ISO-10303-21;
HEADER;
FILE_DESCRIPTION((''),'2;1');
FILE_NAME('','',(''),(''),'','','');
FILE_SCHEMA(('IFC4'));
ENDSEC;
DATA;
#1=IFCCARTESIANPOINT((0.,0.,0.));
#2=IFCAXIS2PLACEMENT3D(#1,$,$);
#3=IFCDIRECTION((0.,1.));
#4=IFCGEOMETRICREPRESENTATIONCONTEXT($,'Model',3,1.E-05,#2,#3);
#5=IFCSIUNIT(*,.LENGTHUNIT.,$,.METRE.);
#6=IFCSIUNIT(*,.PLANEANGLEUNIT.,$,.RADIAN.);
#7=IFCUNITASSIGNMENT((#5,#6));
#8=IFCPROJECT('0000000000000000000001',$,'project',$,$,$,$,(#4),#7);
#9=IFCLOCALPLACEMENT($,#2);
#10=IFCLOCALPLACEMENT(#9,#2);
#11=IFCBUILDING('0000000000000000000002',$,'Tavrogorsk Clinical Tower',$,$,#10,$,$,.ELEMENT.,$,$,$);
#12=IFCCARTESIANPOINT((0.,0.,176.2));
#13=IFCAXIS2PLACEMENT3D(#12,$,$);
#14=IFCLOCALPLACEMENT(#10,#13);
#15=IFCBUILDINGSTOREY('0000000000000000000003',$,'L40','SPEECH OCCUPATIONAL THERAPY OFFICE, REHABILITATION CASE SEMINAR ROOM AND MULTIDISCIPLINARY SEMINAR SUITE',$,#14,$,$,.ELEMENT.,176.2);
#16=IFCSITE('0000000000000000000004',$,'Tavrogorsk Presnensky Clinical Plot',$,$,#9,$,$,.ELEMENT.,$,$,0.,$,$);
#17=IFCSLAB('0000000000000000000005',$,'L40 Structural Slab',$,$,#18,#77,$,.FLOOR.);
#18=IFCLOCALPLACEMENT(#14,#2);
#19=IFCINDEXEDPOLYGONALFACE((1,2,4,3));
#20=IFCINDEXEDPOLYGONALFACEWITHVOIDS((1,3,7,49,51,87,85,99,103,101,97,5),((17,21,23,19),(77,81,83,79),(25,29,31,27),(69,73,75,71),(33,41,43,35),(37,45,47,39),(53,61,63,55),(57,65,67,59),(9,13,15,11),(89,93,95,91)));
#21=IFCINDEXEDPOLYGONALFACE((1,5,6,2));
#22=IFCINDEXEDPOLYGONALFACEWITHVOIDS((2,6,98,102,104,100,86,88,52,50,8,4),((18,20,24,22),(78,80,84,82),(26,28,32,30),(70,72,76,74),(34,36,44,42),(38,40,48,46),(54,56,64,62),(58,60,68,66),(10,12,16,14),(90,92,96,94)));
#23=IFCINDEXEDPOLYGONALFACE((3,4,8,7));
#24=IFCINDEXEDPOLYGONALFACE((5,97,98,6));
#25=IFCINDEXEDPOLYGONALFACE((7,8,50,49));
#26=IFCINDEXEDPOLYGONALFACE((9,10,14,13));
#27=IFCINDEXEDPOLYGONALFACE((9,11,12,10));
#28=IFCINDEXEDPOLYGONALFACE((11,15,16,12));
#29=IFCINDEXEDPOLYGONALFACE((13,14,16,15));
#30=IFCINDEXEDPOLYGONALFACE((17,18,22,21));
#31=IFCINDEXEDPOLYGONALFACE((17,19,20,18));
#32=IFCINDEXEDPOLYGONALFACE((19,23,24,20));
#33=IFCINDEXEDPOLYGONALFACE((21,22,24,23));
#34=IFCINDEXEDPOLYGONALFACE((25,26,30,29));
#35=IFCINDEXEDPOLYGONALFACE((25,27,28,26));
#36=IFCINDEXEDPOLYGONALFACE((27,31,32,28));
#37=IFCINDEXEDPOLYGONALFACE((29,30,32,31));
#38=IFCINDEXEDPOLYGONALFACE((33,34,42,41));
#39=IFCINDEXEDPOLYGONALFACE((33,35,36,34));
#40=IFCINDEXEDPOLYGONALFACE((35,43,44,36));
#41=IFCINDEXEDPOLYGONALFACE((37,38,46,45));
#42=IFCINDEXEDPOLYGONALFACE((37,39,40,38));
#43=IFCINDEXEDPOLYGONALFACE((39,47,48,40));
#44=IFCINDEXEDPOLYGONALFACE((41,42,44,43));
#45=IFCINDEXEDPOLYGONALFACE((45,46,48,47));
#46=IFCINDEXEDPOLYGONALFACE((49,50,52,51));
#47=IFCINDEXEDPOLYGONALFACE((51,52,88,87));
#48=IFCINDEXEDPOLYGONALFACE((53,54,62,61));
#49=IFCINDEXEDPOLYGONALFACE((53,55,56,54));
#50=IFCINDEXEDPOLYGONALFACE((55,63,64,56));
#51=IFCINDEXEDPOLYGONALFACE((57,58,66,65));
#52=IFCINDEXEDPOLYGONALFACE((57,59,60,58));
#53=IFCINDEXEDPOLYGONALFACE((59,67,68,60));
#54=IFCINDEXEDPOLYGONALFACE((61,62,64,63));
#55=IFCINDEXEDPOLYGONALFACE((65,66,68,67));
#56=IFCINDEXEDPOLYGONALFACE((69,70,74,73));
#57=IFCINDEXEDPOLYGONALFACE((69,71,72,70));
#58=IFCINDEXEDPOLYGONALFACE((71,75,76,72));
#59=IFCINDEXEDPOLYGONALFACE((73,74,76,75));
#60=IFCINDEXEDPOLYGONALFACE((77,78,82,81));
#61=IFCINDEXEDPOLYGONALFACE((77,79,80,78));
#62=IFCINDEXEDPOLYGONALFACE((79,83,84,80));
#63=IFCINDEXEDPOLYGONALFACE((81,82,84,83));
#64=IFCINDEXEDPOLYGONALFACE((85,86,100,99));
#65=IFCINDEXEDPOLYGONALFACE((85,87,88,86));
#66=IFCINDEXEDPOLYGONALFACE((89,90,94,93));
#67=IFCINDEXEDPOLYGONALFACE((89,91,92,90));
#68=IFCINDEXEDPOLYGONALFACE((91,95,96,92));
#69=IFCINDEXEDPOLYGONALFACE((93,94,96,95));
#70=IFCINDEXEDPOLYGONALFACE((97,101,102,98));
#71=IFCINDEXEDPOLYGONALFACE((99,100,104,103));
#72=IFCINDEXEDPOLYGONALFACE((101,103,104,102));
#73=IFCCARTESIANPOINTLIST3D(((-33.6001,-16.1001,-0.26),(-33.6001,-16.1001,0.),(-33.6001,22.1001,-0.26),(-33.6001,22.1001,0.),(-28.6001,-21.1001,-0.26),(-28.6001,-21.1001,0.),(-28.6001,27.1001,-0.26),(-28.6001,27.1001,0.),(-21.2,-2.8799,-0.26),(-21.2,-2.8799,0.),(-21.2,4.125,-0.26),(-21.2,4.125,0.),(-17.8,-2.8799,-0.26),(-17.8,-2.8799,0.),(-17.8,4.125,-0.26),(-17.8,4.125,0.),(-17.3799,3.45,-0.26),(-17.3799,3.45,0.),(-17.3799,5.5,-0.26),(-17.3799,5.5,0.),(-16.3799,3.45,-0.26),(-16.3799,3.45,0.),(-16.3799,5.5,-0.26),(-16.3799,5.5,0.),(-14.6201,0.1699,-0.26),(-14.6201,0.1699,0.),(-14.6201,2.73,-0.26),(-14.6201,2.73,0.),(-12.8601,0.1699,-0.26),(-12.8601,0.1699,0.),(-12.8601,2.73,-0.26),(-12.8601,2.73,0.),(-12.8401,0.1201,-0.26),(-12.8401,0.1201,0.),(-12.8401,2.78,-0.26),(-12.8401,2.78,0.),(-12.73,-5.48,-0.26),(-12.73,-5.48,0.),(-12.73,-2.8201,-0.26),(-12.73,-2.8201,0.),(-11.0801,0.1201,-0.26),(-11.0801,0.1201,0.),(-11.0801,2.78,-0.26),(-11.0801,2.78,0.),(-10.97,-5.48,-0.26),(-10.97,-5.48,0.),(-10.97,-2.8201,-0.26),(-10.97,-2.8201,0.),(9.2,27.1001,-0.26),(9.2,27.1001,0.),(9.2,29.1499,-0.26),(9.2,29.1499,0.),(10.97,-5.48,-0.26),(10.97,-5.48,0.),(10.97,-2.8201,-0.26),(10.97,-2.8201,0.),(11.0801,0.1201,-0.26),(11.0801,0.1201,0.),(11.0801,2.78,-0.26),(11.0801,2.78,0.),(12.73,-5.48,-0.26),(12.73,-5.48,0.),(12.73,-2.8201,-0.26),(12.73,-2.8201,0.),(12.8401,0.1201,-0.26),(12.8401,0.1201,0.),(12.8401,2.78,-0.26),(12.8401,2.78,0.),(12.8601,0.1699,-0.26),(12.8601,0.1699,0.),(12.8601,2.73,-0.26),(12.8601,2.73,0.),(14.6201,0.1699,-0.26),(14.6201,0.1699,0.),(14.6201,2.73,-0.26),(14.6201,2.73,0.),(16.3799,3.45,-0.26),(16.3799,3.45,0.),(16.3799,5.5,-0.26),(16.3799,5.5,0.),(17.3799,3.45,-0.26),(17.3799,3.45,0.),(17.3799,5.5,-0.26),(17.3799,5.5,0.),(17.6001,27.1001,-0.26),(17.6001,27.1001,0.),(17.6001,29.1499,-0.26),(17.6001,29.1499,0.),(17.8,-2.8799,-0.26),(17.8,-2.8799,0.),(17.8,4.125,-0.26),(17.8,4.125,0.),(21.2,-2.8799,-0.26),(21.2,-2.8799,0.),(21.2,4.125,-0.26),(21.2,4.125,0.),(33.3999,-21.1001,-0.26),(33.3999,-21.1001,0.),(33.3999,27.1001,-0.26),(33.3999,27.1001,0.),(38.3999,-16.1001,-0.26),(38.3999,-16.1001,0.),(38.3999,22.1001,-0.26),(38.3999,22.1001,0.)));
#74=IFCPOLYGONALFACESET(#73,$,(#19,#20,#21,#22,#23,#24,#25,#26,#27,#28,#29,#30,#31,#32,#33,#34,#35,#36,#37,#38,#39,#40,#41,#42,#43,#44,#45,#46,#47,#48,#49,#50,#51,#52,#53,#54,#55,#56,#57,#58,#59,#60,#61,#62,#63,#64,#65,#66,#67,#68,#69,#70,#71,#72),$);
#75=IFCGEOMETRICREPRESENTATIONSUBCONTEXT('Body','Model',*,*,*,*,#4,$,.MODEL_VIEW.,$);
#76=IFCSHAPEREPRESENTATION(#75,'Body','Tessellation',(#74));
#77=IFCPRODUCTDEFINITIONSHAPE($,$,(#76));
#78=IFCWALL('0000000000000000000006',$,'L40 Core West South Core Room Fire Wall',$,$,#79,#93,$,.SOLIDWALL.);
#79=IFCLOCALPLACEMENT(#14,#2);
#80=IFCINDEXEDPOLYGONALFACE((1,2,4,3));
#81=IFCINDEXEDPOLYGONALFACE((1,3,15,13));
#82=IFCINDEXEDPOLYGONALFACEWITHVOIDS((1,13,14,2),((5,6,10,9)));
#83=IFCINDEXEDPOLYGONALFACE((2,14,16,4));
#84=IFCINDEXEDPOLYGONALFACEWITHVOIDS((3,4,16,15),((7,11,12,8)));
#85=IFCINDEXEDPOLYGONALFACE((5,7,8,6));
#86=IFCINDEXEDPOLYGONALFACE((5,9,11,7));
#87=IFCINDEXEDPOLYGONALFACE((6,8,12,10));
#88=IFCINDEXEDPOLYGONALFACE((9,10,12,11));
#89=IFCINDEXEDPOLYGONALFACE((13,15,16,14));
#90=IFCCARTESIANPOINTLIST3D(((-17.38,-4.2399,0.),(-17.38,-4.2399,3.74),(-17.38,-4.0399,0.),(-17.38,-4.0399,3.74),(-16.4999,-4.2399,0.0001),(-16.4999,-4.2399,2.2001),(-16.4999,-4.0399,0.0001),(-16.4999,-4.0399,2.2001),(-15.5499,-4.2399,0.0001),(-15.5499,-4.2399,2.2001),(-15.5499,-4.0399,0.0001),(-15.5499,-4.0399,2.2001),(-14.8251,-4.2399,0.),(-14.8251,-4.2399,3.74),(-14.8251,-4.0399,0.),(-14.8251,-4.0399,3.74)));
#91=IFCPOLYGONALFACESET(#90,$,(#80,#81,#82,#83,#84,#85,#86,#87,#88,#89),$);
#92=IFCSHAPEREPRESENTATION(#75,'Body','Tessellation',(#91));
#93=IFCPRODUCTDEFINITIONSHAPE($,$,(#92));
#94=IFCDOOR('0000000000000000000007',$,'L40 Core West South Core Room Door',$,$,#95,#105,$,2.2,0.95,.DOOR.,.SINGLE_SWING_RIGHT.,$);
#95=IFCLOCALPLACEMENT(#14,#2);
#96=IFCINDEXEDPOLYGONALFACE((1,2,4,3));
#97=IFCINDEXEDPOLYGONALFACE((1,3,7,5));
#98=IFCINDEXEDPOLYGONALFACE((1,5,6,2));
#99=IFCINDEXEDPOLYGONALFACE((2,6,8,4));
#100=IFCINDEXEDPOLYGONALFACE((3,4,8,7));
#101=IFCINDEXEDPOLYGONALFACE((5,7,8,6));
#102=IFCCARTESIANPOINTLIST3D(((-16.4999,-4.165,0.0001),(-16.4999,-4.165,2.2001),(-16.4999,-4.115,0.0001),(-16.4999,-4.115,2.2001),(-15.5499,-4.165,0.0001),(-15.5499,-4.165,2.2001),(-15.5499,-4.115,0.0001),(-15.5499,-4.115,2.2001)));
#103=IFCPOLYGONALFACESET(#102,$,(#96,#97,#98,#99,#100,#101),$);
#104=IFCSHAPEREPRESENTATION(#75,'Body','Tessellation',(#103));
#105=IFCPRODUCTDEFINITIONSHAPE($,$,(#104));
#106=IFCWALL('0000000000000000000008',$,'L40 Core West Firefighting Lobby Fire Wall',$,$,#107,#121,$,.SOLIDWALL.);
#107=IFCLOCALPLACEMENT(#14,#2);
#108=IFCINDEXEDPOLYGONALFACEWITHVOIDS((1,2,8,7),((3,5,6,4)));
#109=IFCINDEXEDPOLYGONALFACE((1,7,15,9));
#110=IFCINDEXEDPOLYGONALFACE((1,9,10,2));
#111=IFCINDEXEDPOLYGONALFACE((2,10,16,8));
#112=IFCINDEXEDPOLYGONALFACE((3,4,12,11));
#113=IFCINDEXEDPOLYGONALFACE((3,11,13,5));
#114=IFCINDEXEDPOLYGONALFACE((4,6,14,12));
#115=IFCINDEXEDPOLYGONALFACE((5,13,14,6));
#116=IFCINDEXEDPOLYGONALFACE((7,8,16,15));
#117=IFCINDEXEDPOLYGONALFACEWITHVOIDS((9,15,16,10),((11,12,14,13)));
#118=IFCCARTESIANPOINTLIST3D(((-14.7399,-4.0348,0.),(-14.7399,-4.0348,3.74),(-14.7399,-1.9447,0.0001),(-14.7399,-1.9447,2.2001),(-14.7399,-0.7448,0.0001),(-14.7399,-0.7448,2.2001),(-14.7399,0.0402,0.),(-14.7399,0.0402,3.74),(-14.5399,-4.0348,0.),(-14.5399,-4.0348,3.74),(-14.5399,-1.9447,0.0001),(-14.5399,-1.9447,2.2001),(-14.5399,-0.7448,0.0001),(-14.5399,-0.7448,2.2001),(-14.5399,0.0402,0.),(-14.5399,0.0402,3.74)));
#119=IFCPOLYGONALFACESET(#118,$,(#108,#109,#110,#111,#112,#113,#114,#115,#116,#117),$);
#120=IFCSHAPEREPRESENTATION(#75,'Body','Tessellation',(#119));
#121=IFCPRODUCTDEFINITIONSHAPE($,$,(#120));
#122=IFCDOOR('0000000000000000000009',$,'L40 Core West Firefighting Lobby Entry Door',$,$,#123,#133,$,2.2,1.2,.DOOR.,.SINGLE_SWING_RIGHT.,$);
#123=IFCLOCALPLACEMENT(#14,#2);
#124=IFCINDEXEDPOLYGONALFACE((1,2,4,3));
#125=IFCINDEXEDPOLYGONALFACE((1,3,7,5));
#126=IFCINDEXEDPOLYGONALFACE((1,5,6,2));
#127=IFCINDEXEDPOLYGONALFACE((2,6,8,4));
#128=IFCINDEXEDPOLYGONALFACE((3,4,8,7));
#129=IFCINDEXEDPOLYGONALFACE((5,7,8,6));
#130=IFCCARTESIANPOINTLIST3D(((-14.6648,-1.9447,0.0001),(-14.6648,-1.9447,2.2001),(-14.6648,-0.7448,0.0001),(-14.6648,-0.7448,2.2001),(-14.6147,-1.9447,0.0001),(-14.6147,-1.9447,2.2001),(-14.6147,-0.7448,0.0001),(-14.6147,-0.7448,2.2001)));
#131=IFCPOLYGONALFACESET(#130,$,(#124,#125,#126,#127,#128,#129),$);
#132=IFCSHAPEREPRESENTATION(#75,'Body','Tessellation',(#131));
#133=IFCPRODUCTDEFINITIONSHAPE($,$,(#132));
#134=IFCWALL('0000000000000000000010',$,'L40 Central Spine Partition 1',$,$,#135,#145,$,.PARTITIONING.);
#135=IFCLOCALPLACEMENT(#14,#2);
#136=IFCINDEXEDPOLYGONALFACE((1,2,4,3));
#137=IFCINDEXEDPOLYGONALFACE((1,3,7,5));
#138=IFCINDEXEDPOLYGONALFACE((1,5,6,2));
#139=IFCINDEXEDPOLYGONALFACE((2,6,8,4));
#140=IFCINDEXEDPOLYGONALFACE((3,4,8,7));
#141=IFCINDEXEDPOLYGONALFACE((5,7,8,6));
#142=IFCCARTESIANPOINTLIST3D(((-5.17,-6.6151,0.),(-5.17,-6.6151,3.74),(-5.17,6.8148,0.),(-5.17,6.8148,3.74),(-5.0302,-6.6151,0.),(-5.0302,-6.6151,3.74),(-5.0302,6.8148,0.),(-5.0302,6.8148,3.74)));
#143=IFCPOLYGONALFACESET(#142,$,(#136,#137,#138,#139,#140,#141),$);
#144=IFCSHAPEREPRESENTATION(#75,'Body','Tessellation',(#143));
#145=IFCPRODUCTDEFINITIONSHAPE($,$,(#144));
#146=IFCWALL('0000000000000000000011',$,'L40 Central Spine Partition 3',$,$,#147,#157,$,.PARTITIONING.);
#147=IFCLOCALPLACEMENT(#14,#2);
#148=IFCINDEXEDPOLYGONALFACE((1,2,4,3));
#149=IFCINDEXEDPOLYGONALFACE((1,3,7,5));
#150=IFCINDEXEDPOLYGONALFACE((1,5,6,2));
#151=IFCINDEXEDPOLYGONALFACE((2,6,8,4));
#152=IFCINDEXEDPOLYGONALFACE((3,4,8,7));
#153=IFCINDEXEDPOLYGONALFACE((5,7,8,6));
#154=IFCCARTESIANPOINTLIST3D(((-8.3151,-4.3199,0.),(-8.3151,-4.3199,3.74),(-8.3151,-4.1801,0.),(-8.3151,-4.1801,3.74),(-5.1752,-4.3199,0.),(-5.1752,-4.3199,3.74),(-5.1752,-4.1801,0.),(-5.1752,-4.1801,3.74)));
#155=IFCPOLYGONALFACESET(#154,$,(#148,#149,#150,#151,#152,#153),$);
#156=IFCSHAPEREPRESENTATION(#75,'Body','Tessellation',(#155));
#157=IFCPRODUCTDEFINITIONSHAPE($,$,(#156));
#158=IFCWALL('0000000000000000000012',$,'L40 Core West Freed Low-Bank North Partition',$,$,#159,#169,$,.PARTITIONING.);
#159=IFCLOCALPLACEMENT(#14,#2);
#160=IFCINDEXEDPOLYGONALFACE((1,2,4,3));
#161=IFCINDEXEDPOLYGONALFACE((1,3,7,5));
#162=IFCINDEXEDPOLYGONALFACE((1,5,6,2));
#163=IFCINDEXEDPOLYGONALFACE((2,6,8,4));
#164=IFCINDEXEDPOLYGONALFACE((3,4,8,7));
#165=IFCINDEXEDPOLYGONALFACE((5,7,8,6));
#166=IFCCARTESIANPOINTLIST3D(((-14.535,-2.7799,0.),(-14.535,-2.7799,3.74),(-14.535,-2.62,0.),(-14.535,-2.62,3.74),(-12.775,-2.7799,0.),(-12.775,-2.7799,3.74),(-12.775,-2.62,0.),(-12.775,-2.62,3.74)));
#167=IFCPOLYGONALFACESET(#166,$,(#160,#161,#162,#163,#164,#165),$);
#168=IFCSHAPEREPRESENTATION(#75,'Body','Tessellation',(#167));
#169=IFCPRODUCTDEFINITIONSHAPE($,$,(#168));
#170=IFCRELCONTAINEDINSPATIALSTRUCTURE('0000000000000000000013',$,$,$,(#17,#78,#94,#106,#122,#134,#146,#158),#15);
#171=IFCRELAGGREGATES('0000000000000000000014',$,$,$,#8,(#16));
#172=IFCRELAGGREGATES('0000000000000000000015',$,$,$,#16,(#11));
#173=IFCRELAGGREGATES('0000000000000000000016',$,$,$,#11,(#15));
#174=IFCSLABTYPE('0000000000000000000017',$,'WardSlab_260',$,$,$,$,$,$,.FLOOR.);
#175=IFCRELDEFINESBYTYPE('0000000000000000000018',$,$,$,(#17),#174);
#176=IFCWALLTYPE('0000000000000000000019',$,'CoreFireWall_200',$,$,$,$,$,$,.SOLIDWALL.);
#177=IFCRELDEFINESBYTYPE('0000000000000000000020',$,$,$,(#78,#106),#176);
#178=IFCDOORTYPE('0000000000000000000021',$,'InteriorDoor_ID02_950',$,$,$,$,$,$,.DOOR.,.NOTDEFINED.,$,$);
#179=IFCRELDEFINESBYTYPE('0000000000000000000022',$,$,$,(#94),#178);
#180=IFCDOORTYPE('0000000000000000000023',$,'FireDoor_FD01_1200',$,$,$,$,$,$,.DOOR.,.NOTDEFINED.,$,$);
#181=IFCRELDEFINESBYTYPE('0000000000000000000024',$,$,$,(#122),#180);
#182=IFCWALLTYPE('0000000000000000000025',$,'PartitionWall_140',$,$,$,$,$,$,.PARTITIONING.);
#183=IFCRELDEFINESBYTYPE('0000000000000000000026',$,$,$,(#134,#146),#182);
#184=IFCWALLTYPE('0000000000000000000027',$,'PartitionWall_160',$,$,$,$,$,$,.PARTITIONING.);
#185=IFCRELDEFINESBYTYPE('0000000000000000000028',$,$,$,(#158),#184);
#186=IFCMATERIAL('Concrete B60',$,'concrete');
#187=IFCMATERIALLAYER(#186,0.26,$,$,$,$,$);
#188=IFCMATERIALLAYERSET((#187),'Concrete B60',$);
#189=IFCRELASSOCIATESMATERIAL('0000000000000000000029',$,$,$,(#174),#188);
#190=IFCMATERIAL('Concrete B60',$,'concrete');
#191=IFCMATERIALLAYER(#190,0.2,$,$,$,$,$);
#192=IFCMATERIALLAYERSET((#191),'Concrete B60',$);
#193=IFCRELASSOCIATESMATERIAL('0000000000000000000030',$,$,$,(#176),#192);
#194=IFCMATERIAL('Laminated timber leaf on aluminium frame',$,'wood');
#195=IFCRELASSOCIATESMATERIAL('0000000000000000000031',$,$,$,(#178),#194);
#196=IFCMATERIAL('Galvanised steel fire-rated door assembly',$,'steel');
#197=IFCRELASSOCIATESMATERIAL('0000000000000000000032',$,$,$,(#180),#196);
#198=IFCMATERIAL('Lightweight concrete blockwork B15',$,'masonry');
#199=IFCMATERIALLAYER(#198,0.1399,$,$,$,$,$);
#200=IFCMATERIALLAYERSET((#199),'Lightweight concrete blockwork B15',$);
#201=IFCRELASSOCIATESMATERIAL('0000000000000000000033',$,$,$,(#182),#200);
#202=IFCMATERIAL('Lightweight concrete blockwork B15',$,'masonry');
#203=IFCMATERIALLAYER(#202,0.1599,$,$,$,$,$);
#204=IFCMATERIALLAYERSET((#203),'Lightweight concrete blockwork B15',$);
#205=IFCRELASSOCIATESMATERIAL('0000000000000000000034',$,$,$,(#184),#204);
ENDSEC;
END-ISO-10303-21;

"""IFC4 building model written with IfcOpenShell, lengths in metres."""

from ifc_helpers import new_model, si_unit, direction, frame, frame_2d, origin, place, context, subcontext, project, spatial, polyline, rectangle, outline, extrude, material, layer, layer_set, type_object, element, fill, save


model = new_model("IFC4")

# Units and contexts
model_context = context("Model", 3, precision=1e-05, world=origin(), true_north=direction((0.0, 1.0)))
body_context = subcontext(model_context, "Body", "Model", "MODEL_VIEW")
ifc_project = project(units=[si_unit("LENGTHUNIT", "METRE"), si_unit("PLANEANGLEUNIT", "RADIAN")], contexts=[model_context])

# Site, building, storey
site_placement = place(None, origin())
site = spatial("IfcSite", under=ifc_project, at=site_placement, Name="Tavrogorsk Presnensky Clinical Plot", CompositionType="ELEMENT", RefElevation=0.0)
building_placement = place(site_placement, origin())
building = spatial("IfcBuilding", under=site, at=building_placement, Name="Tavrogorsk Clinical Tower", CompositionType="ELEMENT")
storey_placement = place(building_placement, frame((0.0, 0.0, 176.2)))
storey = spatial("IfcBuildingStorey", under=building, at=storey_placement, Name="L40", Description="SPEECH OCCUPATIONAL THERAPY OFFICE, REHABILITATION CASE SEMINAR ROOM AND MULTIDISCIPLINARY SEMINAR SUITE", CompositionType="ELEMENT", Elevation=176.2)

# Slab
ifc_material_1 = material(Name="Concrete B60", Category="concrete")
ifc_layer_1 = layer(ifc_material_1, 0.26)
ifc_layer_set_1 = layer_set([ifc_layer_1], Name="Concrete B60")
slab_type_1 = type_object("IfcSlabType", Name="WardSlab_260", PredefinedType="FLOOR", material=ifc_layer_set_1)
slab_1_placement = place(storey_placement, frame((0.0, 0.0, -0.26)))
element("IfcSlab", 1, at=slab_1_placement, inside=storey, type_object=slab_type_1, Name="L40 Structural Slab", PredefinedType="FLOOR", context=body_context, shape_type="SweptSolid", body=[
    extrude(outline(polyline([(33.3999, 27.1001), (38.3999, 22.1001), (38.3999, -16.1001), (33.3999, -21.1001), (-28.6001, -21.1001), (-33.6001, -16.1001), (-33.6001, 22.1001), (-28.6001, 27.1001), (9.2, 27.1001), (9.2, 29.1499), (17.6001, 29.1499), (17.6001, 27.1001), (33.3999, 27.1001)]), holes=[polyline([(-17.8, -2.8799), (-17.8, 4.125), (-21.2, 4.125), (-21.2, -2.8799), (-17.8, -2.8799)]), polyline([(21.2, -2.8799), (21.2, 4.125), (17.8, 4.125), (17.8, -2.8799), (21.2, -2.8799)]), polyline([(-14.6201, 0.1699), (-12.8601, 0.1699), (-12.8601, 2.73), (-14.6201, 2.73), (-14.6201, 0.1699)]), polyline([(-12.73, -5.48), (-10.97, -5.48), (-10.97, -2.8201), (-12.73, -2.8201), (-12.73, -5.48)]), polyline([(-12.8401, 0.1201), (-11.0801, 0.1201), (-11.0801, 2.78), (-12.8401, 2.78), (-12.8401, 0.1201)]), polyline([(12.8601, 0.1699), (14.6201, 0.1699), (14.6201, 2.73), (12.8601, 2.73), (12.8601, 0.1699)]), polyline([(10.97, -5.48), (12.73, -5.48), (12.73, -2.8201), (10.97, -2.8201), (10.97, -5.48)]), polyline([(11.0801, 0.1201), (12.8401, 0.1201), (12.8401, 2.78), (11.0801, 2.78), (11.0801, 0.1201)]), polyline([(-17.3799, 3.45), (-16.3799, 3.45), (-16.3799, 5.5), (-17.3799, 5.5), (-17.3799, 3.45)]), polyline([(16.3799, 3.45), (17.3799, 3.45), (17.3799, 5.5), (16.3799, 5.5), (16.3799, 3.45)])]), origin(), (0.0, 0.0, 1.0), 0.26),
])

# Walls, openings, doors
ifc_material_2 = material(Name="Concrete B60", Category="concrete")
ifc_layer_2 = layer(ifc_material_2, 0.2)
ifc_layer_set_2 = layer_set([ifc_layer_2], Name="Concrete B60")
wall_type_1 = type_object("IfcWallType", Name="CoreFireWall_200", PredefinedType="SOLIDWALL", material=ifc_layer_set_2)
wall_1_placement = place(storey_placement, frame((-17.3799, -4.1399, 0.0), z_axis=(0.0, 0.0, 1.0), x_axis=(1.0, 0.0, 0.0)))
wall_1 = element("IfcWall", 2, at=wall_1_placement, inside=storey, type_object=wall_type_1, Name="L40 Core West South Core Room Fire Wall", PredefinedType="SOLIDWALL", context=body_context, shape_type="SweptSolid", body=[
    extrude(rectangle(XDim=2.5549, YDim=0.2, at=frame_2d((1.2773, 0.0))), origin(), (0.0, 0.0, 1.0), 3.74),
])
opening_1_placement = place(wall_1_placement, frame((0.8799, 0.0, 0.0)))
opening_1 = element("IfcOpeningElement", 3, at=opening_1_placement, cuts=wall_1, PredefinedType="OPENING", context=body_context, shape_type="SweptSolid", body=[
    extrude(rectangle(XDim=0.95, YDim=2.2, at=frame_2d((0.4751, 1.1001))), frame((0.0, 0.1099, 0.0), z_axis=(0.0, -1.0, 0.0), x_axis=(1.0, 0.0, 0.0)), (0.0, 0.0, 1.0), 0.22),
])
ifc_material_3 = material(Name="Laminated timber leaf on aluminium frame", Category="wood")
door_type_1 = type_object("IfcDoorType", Name="InteriorDoor_ID02_950", OperationType="NOTDEFINED", PredefinedType="DOOR", material=ifc_material_3)
door_1_placement = place(opening_1_placement, origin())
door_1 = element("IfcDoor", 4, at=door_1_placement, inside=storey, type_object=door_type_1, Name="L40 Core West South Core Room Door", OperationType="SINGLE_SWING_RIGHT", OverallHeight=2.2, OverallWidth=0.95, PredefinedType="DOOR", context=body_context, shape_type="SweptSolid", body=[
    extrude(rectangle(XDim=0.95, YDim=2.2, at=frame_2d((0.4751, 1.1001))), frame((0.0, 0.0249, 0.0), z_axis=(0.0, -1.0, 0.0), x_axis=(1.0, 0.0, 0.0)), (0.0, 0.0, 1.0), 0.05),
])
fill(opening_1, door_1)
wall_2_placement = place(storey_placement, frame((-14.6399, -4.0349, 0.0), z_axis=(0.0, 0.0, 1.0), x_axis=(0.0, 1.0, 0.0)))
wall_2 = element("IfcWall", 5, at=wall_2_placement, inside=storey, type_object=wall_type_1, Name="L40 Core West Firefighting Lobby Fire Wall", PredefinedType="SOLIDWALL", context=body_context, shape_type="SweptSolid", body=[
    extrude(rectangle(XDim=4.075, YDim=0.2, at=frame_2d((2.0376, 0.0))), origin(), (0.0, 0.0, 1.0), 3.74),
])
opening_2_placement = place(wall_2_placement, frame((2.0901, 0.0, 0.0)))
opening_2 = element("IfcOpeningElement", 6, at=opening_2_placement, cuts=wall_2, PredefinedType="OPENING", context=body_context, shape_type="SweptSolid", body=[
    extrude(rectangle(XDim=1.2, YDim=2.2, at=frame_2d((0.6001, 1.1001))), frame((0.0, 0.1099, 0.0), z_axis=(0.0, -1.0, 0.0), x_axis=(1.0, 0.0, 0.0)), (0.0, 0.0, 1.0), 0.22),
])
ifc_material_4 = material(Name="Galvanised steel fire-rated door assembly", Category="steel")
door_type_2 = type_object("IfcDoorType", Name="FireDoor_FD01_1200", OperationType="NOTDEFINED", PredefinedType="DOOR", material=ifc_material_4)
door_2_placement = place(opening_2_placement, origin())
door_2 = element("IfcDoor", 7, at=door_2_placement, inside=storey, type_object=door_type_2, Name="L40 Core West Firefighting Lobby Entry Door", OperationType="SINGLE_SWING_RIGHT", OverallHeight=2.2, OverallWidth=1.2, PredefinedType="DOOR", context=body_context, shape_type="SweptSolid", body=[
    extrude(rectangle(XDim=1.2, YDim=2.2, at=frame_2d((0.6001, 1.1001))), frame((0.0, 0.0249, 0.0), z_axis=(0.0, -1.0, 0.0), x_axis=(1.0, 0.0, 0.0)), (0.0, 0.0, 1.0), 0.05),
])
fill(opening_2, door_2)

# Walls
ifc_material_5 = material(Name="Lightweight concrete blockwork B15", Category="masonry")
ifc_layer_3 = layer(ifc_material_5, 0.1399)
ifc_layer_set_3 = layer_set([ifc_layer_3], Name="Lightweight concrete blockwork B15")
wall_type_2 = type_object("IfcWallType", Name="PartitionWall_140", PredefinedType="PARTITIONING", material=ifc_layer_set_3)
wall_3_placement = place(storey_placement, frame((-5.1001, -6.615, 0.0), z_axis=(0.0, 0.0, 1.0), x_axis=(0.0, 1.0, 0.0)))
element("IfcWall", 8, at=wall_3_placement, inside=storey, type_object=wall_type_2, Name="L40 Central Spine Partition 1", PredefinedType="PARTITIONING", context=body_context, shape_type="SweptSolid", body=[
    extrude(rectangle(XDim=13.4299, YDim=0.1399, at=frame_2d((6.7148, 0.0))), origin(), (0.0, 0.0, 1.0), 3.74),
])
wall_4_placement = place(storey_placement, frame((-8.3149, -4.25, 0.0), z_axis=(0.0, 0.0, 1.0), x_axis=(1.0, 0.0, 0.0)))
element("IfcWall", 9, at=wall_4_placement, inside=storey, type_object=wall_type_2, Name="L40 Central Spine Partition 3", PredefinedType="PARTITIONING", context=body_context, shape_type="SweptSolid", body=[
    extrude(rectangle(XDim=3.1399, YDim=0.1399, at=frame_2d((1.5698, 0.0))), origin(), (0.0, 0.0, 1.0), 3.74),
])
ifc_material_6 = material(Name="Lightweight concrete blockwork B15", Category="masonry")
ifc_layer_4 = layer(ifc_material_6, 0.1599)
ifc_layer_set_4 = layer_set([ifc_layer_4], Name="Lightweight concrete blockwork B15")
wall_type_3 = type_object("IfcWallType", Name="PartitionWall_160", PredefinedType="PARTITIONING", material=ifc_layer_set_4)
wall_5_placement = place(storey_placement, frame((-14.5349, -2.7, 0.0), z_axis=(0.0, 0.0, 1.0), x_axis=(1.0, 0.0, 0.0)))
element("IfcWall", 10, at=wall_5_placement, inside=storey, type_object=wall_type_3, Name="L40 Core West Freed Low-Bank North Partition", PredefinedType="PARTITIONING", context=body_context, shape_type="SweptSolid", body=[
    extrude(rectangle(XDim=1.76, YDim=0.1599, at=frame_2d((0.8799, 0.0))), origin(), (0.0, 0.0, 1.0), 3.74),
])

save(model, "model.ifc")
